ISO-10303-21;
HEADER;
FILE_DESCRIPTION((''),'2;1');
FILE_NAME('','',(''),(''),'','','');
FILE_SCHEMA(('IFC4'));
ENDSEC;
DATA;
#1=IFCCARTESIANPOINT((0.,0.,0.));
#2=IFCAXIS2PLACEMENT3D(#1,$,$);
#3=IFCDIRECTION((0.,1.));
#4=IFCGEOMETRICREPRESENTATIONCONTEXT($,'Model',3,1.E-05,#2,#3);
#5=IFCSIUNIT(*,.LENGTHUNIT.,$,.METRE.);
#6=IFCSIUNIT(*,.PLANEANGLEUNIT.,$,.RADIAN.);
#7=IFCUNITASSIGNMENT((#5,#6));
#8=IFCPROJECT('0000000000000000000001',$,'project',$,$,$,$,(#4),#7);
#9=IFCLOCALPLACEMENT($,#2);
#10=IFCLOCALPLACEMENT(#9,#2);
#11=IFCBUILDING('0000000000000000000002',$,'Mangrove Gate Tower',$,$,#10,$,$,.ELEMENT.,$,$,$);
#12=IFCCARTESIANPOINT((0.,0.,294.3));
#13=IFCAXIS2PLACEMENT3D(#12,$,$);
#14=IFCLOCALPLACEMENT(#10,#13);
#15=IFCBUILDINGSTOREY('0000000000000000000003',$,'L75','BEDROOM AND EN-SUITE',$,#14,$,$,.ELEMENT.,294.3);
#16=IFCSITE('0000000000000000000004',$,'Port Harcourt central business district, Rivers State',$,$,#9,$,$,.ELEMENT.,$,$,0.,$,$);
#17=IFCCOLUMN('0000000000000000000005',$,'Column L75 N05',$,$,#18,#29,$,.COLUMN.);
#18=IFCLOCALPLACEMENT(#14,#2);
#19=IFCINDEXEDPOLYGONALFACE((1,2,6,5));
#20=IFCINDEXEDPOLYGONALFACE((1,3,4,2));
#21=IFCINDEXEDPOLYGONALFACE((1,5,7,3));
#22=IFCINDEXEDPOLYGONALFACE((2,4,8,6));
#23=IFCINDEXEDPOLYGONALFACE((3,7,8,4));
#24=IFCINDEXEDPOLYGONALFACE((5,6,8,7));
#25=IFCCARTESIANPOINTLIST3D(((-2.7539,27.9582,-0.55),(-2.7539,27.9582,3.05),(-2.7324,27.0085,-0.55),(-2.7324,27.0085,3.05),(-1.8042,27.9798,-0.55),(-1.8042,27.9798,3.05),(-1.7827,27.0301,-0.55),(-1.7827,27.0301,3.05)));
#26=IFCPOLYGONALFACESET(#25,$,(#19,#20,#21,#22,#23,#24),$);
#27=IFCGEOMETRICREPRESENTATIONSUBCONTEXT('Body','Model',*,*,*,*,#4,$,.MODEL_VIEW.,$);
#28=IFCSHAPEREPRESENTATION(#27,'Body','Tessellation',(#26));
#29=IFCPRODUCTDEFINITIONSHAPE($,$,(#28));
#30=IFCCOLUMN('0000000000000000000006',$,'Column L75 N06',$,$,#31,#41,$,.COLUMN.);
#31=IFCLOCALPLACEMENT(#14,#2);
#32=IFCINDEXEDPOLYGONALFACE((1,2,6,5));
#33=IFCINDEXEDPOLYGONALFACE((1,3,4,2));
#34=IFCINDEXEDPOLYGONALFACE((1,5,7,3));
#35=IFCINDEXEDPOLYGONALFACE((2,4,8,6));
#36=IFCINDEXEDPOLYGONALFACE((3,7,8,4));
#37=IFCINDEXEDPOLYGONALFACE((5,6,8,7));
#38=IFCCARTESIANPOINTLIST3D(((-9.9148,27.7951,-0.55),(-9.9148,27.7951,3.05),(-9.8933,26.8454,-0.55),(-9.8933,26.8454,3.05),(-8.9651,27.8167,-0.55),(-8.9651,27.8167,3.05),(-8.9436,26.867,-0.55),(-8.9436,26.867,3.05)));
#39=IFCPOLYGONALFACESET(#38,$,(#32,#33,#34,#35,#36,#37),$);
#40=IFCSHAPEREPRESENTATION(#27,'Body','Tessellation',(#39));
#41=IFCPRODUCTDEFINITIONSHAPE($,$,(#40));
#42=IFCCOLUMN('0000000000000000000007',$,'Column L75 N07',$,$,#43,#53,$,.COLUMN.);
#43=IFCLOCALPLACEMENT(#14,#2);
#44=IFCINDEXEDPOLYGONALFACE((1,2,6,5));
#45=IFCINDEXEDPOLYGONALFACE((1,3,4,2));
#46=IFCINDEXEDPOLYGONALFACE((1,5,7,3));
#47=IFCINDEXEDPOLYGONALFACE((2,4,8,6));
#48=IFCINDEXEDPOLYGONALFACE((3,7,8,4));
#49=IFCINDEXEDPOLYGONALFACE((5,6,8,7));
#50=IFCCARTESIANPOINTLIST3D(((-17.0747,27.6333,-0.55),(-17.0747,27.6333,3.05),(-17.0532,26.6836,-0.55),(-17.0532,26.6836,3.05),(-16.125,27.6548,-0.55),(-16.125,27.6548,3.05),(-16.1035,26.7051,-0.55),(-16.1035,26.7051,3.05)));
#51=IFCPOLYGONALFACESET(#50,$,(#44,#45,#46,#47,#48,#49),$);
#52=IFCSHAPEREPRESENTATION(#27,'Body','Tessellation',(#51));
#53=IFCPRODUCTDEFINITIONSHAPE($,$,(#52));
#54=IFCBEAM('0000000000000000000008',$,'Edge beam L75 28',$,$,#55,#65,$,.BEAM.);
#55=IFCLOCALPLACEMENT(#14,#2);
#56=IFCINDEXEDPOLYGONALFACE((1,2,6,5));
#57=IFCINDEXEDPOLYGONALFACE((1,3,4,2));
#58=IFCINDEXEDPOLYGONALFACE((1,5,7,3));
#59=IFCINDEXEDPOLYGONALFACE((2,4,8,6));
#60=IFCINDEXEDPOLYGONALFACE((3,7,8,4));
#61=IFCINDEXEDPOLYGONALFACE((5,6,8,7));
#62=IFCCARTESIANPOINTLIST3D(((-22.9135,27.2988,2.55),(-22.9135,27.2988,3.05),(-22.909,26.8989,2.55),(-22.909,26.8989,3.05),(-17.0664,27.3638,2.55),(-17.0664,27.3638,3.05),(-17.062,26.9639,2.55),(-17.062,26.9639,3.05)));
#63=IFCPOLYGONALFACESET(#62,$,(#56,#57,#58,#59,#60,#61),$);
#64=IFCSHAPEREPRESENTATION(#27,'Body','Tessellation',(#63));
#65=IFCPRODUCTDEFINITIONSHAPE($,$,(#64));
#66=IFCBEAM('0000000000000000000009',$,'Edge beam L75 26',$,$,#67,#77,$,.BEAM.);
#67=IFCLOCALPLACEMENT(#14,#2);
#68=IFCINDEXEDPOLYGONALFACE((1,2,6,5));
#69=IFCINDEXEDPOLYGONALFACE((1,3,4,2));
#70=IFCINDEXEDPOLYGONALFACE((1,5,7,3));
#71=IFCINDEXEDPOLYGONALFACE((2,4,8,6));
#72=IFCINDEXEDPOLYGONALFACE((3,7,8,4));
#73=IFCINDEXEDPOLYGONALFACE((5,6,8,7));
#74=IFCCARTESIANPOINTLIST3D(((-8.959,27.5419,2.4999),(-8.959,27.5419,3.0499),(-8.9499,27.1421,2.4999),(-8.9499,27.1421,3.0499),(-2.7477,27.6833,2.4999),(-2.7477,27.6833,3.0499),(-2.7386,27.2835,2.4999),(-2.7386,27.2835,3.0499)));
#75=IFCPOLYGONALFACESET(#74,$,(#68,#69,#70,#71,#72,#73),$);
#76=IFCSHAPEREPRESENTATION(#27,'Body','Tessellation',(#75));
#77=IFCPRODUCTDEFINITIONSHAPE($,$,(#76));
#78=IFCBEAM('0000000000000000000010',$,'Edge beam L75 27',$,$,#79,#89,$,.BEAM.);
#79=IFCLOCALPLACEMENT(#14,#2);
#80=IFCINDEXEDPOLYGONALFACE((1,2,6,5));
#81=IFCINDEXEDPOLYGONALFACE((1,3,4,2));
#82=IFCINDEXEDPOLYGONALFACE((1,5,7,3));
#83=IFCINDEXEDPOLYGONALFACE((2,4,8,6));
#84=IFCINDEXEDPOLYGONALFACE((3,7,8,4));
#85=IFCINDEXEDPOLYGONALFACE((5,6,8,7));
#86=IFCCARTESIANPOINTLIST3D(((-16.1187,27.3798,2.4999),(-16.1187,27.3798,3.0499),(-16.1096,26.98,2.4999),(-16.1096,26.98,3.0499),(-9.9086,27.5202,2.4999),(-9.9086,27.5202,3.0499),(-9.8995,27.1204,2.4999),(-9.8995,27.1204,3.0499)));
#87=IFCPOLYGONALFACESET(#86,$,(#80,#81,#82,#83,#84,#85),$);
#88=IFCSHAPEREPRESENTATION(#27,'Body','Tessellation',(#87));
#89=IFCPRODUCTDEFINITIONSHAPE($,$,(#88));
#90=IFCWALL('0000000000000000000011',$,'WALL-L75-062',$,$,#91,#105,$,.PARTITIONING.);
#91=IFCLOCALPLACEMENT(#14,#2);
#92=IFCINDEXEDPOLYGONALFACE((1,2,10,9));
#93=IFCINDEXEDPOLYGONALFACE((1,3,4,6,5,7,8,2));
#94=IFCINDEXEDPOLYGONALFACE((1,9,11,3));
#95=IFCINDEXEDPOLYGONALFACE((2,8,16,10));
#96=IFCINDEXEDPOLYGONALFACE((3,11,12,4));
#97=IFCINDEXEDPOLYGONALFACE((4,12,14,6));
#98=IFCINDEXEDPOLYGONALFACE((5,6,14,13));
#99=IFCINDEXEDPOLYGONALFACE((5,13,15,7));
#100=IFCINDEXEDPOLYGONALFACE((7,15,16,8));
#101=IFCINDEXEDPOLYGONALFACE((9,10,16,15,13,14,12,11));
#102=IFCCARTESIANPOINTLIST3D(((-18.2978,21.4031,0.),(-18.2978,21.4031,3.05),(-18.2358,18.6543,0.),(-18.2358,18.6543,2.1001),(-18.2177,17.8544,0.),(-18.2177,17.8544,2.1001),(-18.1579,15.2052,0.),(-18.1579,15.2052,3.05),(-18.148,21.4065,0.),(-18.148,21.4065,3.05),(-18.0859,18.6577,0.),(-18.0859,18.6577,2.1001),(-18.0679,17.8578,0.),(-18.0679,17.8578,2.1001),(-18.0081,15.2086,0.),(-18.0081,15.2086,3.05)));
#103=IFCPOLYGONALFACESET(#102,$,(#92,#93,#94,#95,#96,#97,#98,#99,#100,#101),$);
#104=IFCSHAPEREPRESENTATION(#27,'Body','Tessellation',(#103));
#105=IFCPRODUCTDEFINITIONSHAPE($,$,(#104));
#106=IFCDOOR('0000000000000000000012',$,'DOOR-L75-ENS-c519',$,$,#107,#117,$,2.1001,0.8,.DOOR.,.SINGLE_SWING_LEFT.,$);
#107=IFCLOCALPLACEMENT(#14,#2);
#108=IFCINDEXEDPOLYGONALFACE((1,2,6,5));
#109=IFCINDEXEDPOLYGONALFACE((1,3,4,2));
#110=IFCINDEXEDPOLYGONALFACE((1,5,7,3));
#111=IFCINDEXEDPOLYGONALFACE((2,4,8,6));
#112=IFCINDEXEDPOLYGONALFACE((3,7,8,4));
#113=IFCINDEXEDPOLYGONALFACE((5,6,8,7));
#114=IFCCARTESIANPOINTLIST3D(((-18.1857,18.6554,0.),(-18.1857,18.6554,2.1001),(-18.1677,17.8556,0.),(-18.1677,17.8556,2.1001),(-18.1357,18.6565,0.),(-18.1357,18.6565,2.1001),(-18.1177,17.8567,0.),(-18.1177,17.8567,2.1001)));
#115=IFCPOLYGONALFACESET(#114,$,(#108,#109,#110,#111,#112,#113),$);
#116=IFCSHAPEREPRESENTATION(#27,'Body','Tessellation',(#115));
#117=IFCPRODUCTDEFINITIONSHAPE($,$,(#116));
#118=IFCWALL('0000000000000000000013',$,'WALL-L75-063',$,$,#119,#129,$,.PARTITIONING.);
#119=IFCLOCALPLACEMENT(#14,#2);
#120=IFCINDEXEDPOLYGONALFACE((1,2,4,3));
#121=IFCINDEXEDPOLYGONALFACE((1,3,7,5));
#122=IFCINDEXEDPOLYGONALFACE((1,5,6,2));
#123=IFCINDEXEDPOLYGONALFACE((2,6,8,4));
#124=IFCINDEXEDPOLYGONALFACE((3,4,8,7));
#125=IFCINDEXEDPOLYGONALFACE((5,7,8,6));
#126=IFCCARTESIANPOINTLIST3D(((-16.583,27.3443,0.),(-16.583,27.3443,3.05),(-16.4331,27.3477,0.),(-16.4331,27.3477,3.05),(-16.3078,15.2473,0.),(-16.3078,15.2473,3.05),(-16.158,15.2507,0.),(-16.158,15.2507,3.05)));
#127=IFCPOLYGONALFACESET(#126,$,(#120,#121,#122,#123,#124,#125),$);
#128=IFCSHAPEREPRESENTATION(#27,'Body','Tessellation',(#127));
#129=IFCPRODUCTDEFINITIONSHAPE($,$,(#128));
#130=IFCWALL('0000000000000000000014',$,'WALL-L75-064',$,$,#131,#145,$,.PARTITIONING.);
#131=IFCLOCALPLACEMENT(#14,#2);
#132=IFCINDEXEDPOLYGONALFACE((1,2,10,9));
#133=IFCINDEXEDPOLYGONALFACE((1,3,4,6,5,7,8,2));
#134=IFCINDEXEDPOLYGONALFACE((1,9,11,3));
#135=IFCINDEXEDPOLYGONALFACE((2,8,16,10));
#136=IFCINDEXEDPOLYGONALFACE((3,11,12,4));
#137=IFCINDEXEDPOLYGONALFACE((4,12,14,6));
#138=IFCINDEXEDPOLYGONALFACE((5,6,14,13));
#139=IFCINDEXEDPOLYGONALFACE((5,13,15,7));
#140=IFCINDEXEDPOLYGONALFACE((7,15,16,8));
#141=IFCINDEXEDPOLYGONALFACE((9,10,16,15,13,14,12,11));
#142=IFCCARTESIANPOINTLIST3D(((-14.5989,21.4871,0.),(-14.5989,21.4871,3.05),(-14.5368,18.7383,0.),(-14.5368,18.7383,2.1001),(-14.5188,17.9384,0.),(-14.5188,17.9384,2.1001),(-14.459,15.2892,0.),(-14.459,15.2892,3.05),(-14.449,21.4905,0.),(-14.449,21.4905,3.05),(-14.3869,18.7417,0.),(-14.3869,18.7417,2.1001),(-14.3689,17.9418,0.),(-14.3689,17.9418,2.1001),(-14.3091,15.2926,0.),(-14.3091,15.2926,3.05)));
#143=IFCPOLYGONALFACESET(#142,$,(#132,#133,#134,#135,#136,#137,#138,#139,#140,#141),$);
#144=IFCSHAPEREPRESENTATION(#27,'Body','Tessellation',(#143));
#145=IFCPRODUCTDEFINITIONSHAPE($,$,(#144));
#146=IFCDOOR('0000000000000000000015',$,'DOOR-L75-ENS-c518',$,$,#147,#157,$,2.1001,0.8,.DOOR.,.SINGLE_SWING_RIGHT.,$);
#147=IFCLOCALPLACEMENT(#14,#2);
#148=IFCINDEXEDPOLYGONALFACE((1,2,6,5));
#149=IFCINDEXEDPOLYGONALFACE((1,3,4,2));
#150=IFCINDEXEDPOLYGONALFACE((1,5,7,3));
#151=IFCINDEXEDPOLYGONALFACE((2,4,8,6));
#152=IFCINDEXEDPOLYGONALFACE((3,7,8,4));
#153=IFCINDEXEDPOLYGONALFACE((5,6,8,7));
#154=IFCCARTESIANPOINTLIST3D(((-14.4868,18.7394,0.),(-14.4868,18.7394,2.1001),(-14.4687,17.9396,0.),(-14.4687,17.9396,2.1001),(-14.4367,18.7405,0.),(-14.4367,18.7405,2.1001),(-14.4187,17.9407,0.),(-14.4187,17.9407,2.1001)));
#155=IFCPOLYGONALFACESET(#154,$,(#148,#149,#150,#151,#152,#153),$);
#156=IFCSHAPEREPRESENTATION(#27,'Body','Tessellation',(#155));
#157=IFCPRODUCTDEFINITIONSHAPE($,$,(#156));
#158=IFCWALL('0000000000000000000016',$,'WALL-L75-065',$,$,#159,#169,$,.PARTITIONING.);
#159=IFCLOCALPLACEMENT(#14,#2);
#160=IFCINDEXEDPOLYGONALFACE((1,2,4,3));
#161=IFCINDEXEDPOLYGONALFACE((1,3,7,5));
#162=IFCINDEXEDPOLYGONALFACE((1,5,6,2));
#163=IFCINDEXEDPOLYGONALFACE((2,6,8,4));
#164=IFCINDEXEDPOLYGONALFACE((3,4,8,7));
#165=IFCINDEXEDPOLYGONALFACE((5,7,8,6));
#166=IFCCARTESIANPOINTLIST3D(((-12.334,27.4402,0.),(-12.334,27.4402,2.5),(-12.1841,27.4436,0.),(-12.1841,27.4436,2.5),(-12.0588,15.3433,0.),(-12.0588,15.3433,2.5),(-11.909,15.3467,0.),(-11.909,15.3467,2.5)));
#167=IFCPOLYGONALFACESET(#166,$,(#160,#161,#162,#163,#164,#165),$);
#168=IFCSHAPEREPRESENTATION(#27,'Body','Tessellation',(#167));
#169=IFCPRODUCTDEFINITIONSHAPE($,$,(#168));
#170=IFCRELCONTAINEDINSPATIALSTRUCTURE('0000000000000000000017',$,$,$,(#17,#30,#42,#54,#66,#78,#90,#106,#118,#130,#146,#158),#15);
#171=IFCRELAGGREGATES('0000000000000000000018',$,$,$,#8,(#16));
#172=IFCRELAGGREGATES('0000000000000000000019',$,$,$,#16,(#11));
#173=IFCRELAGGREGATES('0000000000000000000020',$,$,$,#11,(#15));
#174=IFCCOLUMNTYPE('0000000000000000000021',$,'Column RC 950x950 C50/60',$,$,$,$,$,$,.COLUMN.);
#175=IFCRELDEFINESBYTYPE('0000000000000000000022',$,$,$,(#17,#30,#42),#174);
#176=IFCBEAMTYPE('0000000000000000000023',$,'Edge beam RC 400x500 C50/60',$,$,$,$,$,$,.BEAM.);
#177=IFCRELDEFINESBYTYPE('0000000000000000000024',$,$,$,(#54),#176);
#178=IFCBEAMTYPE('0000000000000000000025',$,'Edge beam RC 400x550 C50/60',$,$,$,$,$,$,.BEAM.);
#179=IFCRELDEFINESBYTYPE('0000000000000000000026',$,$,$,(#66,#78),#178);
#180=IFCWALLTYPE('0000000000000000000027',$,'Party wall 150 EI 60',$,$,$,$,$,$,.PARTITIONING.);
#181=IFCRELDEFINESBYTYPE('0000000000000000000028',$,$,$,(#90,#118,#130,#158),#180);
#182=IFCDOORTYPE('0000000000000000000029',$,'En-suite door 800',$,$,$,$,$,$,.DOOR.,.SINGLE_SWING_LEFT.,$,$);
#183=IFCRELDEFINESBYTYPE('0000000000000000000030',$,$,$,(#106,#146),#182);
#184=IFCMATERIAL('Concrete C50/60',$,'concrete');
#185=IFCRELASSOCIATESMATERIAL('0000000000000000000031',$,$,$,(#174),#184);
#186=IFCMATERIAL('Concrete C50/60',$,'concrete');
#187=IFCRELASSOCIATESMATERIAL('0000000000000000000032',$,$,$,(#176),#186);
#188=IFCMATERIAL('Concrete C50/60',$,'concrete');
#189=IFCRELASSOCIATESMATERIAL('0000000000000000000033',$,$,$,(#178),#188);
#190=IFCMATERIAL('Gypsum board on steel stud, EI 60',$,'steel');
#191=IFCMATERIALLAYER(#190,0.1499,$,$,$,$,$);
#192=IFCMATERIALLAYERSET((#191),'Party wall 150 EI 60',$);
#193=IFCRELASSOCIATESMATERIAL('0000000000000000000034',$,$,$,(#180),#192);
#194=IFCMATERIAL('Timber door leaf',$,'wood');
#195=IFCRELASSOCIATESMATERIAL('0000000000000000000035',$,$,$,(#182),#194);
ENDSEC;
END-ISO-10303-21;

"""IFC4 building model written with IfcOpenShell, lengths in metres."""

from ifc_helpers import new_model, si_unit, direction, frame, frame_2d, origin, origin_2d, place, context, subcontext, project, spatial, rectangle, extrude, material, layer, layer_set, material_profile, profile_set, type_object, element, fill, save


model = new_model("IFC4")

# Units and contexts
model_context = context("Model", 3, precision=1e-05, world=origin(), true_north=direction((0.0, 1.0)))
body_context = subcontext(model_context, "Body", "Model", "MODEL_VIEW")
ifc_project = project(units=[si_unit("LENGTHUNIT", "METRE"), si_unit("PLANEANGLEUNIT", "RADIAN")], contexts=[model_context])

# Site, building, storey
site_placement = place(None, origin())
site = spatial("IfcSite", under=ifc_project, at=site_placement, Name="Port Harcourt central business district, Rivers State", CompositionType="ELEMENT", RefElevation=0.0)
building_placement = place(site_placement, origin())
building = spatial("IfcBuilding", under=site, at=building_placement, Name="Mangrove Gate Tower", CompositionType="ELEMENT")
storey_placement = place(building_placement, frame((0.0, 0.0, 294.3)))
storey = spatial("IfcBuildingStorey", under=building, at=storey_placement, Name="L75", Description="BEDROOM AND EN-SUITE", CompositionType="ELEMENT", Elevation=294.3)

# Columns
ifc_material_1 = material(Name="Concrete C50/60", Category="concrete")
ifc_material_profile_1 = material_profile(ifc_material_1, rectangle(XDim=0.95, YDim=0.95, at=origin_2d()))
ifc_profile_set_1 = profile_set([ifc_material_profile_1], Name="Concrete C50/60")
column_type = type_object("IfcColumnType", Name="Column RC 950x950 C50/60", PredefinedType="COLUMN", material=ifc_profile_set_1)
for number, where, z_axis, x_axis, name in (
    (1, (-2.2683, 27.4941, -0.55), (0.0, 0.0, 1.0), (-0.999743, -0.022688, 0.0), "Column L75 N05"),
    (2, (-9.4292, 27.3311, -0.55), (0.0, 0.0, 1.0), (-0.999743, -0.022688, 0.0), "Column L75 N06"),
    (3, (-16.5891, 27.1692, -0.55), (0.0, 0.0, 1.0), (-0.999743, -0.022688, 0.0), "Column L75 N07"),
):
    element("IfcColumn", number, at=place(storey_placement, frame(where, z_axis=z_axis, x_axis=x_axis)), inside=storey, type_object=column_type, Name=name, PredefinedType="COLUMN", context=body_context, shape_type="SweptSolid", body=[
        extrude(rectangle(XDim=0.95, YDim=0.95, at=origin_2d()), origin(), (0.0, 0.0, 1.0), 3.6001),
    ])

# Beams
ifc_material_2 = material(Name="Concrete C50/60", Category="concrete")
ifc_material_profile_2 = material_profile(ifc_material_2, rectangle(XDim=0.3999, YDim=0.5, at=origin_2d()))
ifc_profile_set_2 = profile_set([ifc_material_profile_2], Name="Concrete C50/60")
beam_type_1 = type_object("IfcBeamType", Name="Edge beam RC 400x500 C50/60", PredefinedType="BEAM", material=ifc_profile_set_2)
beam_1_placement = place(storey_placement, frame((-17.0642, 27.1638, 2.8), z_axis=(-0.999938, -0.011106, 0.0), x_axis=(0.011106, -0.999938, 0.0)))
element("IfcBeam", 4, at=beam_1_placement, inside=storey, type_object=beam_type_1, Name="Edge beam L75 28", PredefinedType="BEAM", context=body_context, shape_type="SweptSolid", body=[
    extrude(rectangle(XDim=0.3999, YDim=0.5, at=origin_2d()), origin(), (0.0, 0.0, 1.0), 5.8474),
])
ifc_material_3 = material(Name="Concrete C50/60", Category="concrete")
ifc_material_profile_3 = material_profile(ifc_material_3, rectangle(XDim=0.3999, YDim=0.55, at=origin_2d()))
ifc_profile_set_3 = profile_set([ifc_material_profile_3], Name="Concrete C50/60")
beam_type_2 = type_object("IfcBeamType", Name="Edge beam RC 400x550 C50/60", PredefinedType="BEAM", material=ifc_profile_set_3)
beam_2_placement = place(storey_placement, frame((-2.7432, 27.4834, 2.7749), z_axis=(-0.999741, -0.022753, 0.0), x_axis=(0.022753, -0.999741, 0.0)))
element("IfcBeam", 5, at=beam_2_placement, inside=storey, type_object=beam_type_2, Name="Edge beam L75 26", PredefinedType="BEAM", context=body_context, shape_type="SweptSolid", body=[
    extrude(rectangle(XDim=0.3999, YDim=0.55, at=origin_2d()), origin(), (0.0, 0.0, 1.0), 6.2129),
])
beam_3_placement = place(storey_placement, frame((-9.9041, 27.3203, 2.7749), z_axis=(-0.999745, -0.022599, 0.0), x_axis=(0.022599, -0.999745, 0.0)))
element("IfcBeam", 6, at=beam_3_placement, inside=storey, type_object=beam_type_2, Name="Edge beam L75 27", PredefinedType="BEAM", context=body_context, shape_type="SweptSolid", body=[
    extrude(rectangle(XDim=0.3999, YDim=0.55, at=origin_2d()), origin(), (0.0, 0.0, 1.0), 6.2117),
])

# Wall, opening, door
ifc_material_4 = material(Name="Gypsum board on steel stud, EI 60", Category="steel")
ifc_layer = layer(ifc_material_4, 0.1499)
ifc_layer_set = layer_set([ifc_layer], Name="Party wall 150 EI 60")
wall_type = type_object("IfcWallType", Name="Party wall 150 EI 60", PredefinedType="PARTITIONING", material=ifc_layer_set)
wall_1_placement = place(storey_placement, frame((-18.083, 15.207, 0.0), z_axis=(0.0, 0.0, 1.0), x_axis=(-0.022565, 0.999745, 0.0)))
wall_1 = element("IfcWall", 7, at=wall_1_placement, inside=storey, type_object=wall_type, Name="WALL-L75-062", PredefinedType="PARTITIONING", context=body_context, shape_type="SweptSolid", body=[
    extrude(rectangle(XDim=6.1995, YDim=0.1499, at=frame_2d((3.0996, 0.0))), origin(), (0.0, 0.0, 1.0), 3.05),
])
opening_1_placement = place(wall_1_placement, frame((2.6499, 0.0, 0.0)))
opening_1 = element("IfcOpeningElement", 8, at=opening_1_placement, cuts=wall_1, PredefinedType="OPENING", context=body_context, shape_type="SweptSolid", body=[
    extrude(rectangle(XDim=0.8, YDim=2.1001, at=frame_2d((0.3999, 1.05))), frame((0.0, 0.085, 0.0), z_axis=(0.0, -1.0, 0.0), x_axis=(1.0, 0.0, 0.0)), (0.0, 0.0, 1.0), 0.1699),
])
ifc_material_5 = material(Name="Timber door leaf", Category="wood")
door_type = type_object("IfcDoorType", Name="En-suite door 800", OperationType="SINGLE_SWING_LEFT", PredefinedType="DOOR", material=ifc_material_5)
door_1_placement = place(opening_1_placement, origin())
door_1 = element("IfcDoor", 9, at=door_1_placement, inside=storey, type_object=door_type, Name="DOOR-L75-ENS-c519", OperationType="SINGLE_SWING_LEFT", OverallHeight=2.1001, OverallWidth=0.8, PredefinedType="DOOR", context=body_context, shape_type="SweptSolid", body=[
    extrude(rectangle(XDim=0.8, YDim=2.1001, at=frame_2d((0.3999, 1.05))), frame((0.0, 0.0249, 0.0), z_axis=(0.0, -1.0, 0.0), x_axis=(1.0, 0.0, 0.0)), (0.0, 0.0, 1.0), 0.05),
])
fill(opening_1, door_1)

# Wall
wall_2_placement = place(storey_placement, frame((-16.2329, 15.249, 0.0), z_axis=(0.0, 0.0, 1.0), x_axis=(-0.022739, 0.999741, 0.0)))
element("IfcWall", 10, at=wall_2_placement, inside=storey, type_object=wall_type, Name="WALL-L75-063", PredefinedType="PARTITIONING", context=body_context, shape_type="SweptSolid", body=[
    extrude(rectangle(XDim=12.1001, YDim=0.1499, at=frame_2d((6.05, 0.0))), origin(), (0.0, 0.0, 1.0), 3.05),
])

# Wall, opening, door
wall_3_placement = place(storey_placement, frame((-14.384, 15.291, 0.0), z_axis=(0.0, 0.0, 1.0), x_axis=(-0.022565, 0.999745, 0.0)))
wall_3 = element("IfcWall", 11, at=wall_3_placement, inside=storey, type_object=wall_type, Name="WALL-L75-064", PredefinedType="PARTITIONING", context=body_context, shape_type="SweptSolid", body=[
    extrude(rectangle(XDim=6.1995, YDim=0.1499, at=frame_2d((3.0996, 0.0))), origin(), (0.0, 0.0, 1.0), 3.05),
])
opening_2_placement = place(wall_3_placement, frame((2.6499, 0.0, 0.0)))
opening_2 = element("IfcOpeningElement", 12, at=opening_2_placement, cuts=wall_3, PredefinedType="OPENING", context=body_context, shape_type="SweptSolid", body=[
    extrude(rectangle(XDim=0.8, YDim=2.1001, at=frame_2d((0.3999, 1.05))), frame((0.0, 0.085, 0.0), z_axis=(0.0, -1.0, 0.0), x_axis=(1.0, 0.0, 0.0)), (0.0, 0.0, 1.0), 0.1699),
])
door_2_placement = place(opening_2_placement, origin())
door_2 = element("IfcDoor", 13, at=door_2_placement, inside=storey, type_object=door_type, Name="DOOR-L75-ENS-c518", OperationType="SINGLE_SWING_RIGHT", OverallHeight=2.1001, OverallWidth=0.8, PredefinedType="DOOR", context=body_context, shape_type="SweptSolid", body=[
    extrude(rectangle(XDim=0.8, YDim=2.1001, at=frame_2d((0.3999, 1.05))), frame((0.0, 0.0249, 0.0), z_axis=(0.0, -1.0, 0.0), x_axis=(1.0, 0.0, 0.0)), (0.0, 0.0, 1.0), 0.05),
])
fill(opening_2, door_2)

# Wall
wall_4_placement = place(storey_placement, frame((-11.9839, 15.345, 0.0), z_axis=(0.0, 0.0, 1.0), x_axis=(-0.022739, 0.999741, 0.0)))
element("IfcWall", 14, at=wall_4_placement, inside=storey, type_object=wall_type, Name="WALL-L75-065", PredefinedType="PARTITIONING", context=body_context, shape_type="SweptSolid", body=[
    extrude(rectangle(XDim=12.1001, YDim=0.1499, at=frame_2d((6.05, 0.0))), origin(), (0.0, 0.0, 1.0), 2.5),
])

save(model, "model.ifc")
